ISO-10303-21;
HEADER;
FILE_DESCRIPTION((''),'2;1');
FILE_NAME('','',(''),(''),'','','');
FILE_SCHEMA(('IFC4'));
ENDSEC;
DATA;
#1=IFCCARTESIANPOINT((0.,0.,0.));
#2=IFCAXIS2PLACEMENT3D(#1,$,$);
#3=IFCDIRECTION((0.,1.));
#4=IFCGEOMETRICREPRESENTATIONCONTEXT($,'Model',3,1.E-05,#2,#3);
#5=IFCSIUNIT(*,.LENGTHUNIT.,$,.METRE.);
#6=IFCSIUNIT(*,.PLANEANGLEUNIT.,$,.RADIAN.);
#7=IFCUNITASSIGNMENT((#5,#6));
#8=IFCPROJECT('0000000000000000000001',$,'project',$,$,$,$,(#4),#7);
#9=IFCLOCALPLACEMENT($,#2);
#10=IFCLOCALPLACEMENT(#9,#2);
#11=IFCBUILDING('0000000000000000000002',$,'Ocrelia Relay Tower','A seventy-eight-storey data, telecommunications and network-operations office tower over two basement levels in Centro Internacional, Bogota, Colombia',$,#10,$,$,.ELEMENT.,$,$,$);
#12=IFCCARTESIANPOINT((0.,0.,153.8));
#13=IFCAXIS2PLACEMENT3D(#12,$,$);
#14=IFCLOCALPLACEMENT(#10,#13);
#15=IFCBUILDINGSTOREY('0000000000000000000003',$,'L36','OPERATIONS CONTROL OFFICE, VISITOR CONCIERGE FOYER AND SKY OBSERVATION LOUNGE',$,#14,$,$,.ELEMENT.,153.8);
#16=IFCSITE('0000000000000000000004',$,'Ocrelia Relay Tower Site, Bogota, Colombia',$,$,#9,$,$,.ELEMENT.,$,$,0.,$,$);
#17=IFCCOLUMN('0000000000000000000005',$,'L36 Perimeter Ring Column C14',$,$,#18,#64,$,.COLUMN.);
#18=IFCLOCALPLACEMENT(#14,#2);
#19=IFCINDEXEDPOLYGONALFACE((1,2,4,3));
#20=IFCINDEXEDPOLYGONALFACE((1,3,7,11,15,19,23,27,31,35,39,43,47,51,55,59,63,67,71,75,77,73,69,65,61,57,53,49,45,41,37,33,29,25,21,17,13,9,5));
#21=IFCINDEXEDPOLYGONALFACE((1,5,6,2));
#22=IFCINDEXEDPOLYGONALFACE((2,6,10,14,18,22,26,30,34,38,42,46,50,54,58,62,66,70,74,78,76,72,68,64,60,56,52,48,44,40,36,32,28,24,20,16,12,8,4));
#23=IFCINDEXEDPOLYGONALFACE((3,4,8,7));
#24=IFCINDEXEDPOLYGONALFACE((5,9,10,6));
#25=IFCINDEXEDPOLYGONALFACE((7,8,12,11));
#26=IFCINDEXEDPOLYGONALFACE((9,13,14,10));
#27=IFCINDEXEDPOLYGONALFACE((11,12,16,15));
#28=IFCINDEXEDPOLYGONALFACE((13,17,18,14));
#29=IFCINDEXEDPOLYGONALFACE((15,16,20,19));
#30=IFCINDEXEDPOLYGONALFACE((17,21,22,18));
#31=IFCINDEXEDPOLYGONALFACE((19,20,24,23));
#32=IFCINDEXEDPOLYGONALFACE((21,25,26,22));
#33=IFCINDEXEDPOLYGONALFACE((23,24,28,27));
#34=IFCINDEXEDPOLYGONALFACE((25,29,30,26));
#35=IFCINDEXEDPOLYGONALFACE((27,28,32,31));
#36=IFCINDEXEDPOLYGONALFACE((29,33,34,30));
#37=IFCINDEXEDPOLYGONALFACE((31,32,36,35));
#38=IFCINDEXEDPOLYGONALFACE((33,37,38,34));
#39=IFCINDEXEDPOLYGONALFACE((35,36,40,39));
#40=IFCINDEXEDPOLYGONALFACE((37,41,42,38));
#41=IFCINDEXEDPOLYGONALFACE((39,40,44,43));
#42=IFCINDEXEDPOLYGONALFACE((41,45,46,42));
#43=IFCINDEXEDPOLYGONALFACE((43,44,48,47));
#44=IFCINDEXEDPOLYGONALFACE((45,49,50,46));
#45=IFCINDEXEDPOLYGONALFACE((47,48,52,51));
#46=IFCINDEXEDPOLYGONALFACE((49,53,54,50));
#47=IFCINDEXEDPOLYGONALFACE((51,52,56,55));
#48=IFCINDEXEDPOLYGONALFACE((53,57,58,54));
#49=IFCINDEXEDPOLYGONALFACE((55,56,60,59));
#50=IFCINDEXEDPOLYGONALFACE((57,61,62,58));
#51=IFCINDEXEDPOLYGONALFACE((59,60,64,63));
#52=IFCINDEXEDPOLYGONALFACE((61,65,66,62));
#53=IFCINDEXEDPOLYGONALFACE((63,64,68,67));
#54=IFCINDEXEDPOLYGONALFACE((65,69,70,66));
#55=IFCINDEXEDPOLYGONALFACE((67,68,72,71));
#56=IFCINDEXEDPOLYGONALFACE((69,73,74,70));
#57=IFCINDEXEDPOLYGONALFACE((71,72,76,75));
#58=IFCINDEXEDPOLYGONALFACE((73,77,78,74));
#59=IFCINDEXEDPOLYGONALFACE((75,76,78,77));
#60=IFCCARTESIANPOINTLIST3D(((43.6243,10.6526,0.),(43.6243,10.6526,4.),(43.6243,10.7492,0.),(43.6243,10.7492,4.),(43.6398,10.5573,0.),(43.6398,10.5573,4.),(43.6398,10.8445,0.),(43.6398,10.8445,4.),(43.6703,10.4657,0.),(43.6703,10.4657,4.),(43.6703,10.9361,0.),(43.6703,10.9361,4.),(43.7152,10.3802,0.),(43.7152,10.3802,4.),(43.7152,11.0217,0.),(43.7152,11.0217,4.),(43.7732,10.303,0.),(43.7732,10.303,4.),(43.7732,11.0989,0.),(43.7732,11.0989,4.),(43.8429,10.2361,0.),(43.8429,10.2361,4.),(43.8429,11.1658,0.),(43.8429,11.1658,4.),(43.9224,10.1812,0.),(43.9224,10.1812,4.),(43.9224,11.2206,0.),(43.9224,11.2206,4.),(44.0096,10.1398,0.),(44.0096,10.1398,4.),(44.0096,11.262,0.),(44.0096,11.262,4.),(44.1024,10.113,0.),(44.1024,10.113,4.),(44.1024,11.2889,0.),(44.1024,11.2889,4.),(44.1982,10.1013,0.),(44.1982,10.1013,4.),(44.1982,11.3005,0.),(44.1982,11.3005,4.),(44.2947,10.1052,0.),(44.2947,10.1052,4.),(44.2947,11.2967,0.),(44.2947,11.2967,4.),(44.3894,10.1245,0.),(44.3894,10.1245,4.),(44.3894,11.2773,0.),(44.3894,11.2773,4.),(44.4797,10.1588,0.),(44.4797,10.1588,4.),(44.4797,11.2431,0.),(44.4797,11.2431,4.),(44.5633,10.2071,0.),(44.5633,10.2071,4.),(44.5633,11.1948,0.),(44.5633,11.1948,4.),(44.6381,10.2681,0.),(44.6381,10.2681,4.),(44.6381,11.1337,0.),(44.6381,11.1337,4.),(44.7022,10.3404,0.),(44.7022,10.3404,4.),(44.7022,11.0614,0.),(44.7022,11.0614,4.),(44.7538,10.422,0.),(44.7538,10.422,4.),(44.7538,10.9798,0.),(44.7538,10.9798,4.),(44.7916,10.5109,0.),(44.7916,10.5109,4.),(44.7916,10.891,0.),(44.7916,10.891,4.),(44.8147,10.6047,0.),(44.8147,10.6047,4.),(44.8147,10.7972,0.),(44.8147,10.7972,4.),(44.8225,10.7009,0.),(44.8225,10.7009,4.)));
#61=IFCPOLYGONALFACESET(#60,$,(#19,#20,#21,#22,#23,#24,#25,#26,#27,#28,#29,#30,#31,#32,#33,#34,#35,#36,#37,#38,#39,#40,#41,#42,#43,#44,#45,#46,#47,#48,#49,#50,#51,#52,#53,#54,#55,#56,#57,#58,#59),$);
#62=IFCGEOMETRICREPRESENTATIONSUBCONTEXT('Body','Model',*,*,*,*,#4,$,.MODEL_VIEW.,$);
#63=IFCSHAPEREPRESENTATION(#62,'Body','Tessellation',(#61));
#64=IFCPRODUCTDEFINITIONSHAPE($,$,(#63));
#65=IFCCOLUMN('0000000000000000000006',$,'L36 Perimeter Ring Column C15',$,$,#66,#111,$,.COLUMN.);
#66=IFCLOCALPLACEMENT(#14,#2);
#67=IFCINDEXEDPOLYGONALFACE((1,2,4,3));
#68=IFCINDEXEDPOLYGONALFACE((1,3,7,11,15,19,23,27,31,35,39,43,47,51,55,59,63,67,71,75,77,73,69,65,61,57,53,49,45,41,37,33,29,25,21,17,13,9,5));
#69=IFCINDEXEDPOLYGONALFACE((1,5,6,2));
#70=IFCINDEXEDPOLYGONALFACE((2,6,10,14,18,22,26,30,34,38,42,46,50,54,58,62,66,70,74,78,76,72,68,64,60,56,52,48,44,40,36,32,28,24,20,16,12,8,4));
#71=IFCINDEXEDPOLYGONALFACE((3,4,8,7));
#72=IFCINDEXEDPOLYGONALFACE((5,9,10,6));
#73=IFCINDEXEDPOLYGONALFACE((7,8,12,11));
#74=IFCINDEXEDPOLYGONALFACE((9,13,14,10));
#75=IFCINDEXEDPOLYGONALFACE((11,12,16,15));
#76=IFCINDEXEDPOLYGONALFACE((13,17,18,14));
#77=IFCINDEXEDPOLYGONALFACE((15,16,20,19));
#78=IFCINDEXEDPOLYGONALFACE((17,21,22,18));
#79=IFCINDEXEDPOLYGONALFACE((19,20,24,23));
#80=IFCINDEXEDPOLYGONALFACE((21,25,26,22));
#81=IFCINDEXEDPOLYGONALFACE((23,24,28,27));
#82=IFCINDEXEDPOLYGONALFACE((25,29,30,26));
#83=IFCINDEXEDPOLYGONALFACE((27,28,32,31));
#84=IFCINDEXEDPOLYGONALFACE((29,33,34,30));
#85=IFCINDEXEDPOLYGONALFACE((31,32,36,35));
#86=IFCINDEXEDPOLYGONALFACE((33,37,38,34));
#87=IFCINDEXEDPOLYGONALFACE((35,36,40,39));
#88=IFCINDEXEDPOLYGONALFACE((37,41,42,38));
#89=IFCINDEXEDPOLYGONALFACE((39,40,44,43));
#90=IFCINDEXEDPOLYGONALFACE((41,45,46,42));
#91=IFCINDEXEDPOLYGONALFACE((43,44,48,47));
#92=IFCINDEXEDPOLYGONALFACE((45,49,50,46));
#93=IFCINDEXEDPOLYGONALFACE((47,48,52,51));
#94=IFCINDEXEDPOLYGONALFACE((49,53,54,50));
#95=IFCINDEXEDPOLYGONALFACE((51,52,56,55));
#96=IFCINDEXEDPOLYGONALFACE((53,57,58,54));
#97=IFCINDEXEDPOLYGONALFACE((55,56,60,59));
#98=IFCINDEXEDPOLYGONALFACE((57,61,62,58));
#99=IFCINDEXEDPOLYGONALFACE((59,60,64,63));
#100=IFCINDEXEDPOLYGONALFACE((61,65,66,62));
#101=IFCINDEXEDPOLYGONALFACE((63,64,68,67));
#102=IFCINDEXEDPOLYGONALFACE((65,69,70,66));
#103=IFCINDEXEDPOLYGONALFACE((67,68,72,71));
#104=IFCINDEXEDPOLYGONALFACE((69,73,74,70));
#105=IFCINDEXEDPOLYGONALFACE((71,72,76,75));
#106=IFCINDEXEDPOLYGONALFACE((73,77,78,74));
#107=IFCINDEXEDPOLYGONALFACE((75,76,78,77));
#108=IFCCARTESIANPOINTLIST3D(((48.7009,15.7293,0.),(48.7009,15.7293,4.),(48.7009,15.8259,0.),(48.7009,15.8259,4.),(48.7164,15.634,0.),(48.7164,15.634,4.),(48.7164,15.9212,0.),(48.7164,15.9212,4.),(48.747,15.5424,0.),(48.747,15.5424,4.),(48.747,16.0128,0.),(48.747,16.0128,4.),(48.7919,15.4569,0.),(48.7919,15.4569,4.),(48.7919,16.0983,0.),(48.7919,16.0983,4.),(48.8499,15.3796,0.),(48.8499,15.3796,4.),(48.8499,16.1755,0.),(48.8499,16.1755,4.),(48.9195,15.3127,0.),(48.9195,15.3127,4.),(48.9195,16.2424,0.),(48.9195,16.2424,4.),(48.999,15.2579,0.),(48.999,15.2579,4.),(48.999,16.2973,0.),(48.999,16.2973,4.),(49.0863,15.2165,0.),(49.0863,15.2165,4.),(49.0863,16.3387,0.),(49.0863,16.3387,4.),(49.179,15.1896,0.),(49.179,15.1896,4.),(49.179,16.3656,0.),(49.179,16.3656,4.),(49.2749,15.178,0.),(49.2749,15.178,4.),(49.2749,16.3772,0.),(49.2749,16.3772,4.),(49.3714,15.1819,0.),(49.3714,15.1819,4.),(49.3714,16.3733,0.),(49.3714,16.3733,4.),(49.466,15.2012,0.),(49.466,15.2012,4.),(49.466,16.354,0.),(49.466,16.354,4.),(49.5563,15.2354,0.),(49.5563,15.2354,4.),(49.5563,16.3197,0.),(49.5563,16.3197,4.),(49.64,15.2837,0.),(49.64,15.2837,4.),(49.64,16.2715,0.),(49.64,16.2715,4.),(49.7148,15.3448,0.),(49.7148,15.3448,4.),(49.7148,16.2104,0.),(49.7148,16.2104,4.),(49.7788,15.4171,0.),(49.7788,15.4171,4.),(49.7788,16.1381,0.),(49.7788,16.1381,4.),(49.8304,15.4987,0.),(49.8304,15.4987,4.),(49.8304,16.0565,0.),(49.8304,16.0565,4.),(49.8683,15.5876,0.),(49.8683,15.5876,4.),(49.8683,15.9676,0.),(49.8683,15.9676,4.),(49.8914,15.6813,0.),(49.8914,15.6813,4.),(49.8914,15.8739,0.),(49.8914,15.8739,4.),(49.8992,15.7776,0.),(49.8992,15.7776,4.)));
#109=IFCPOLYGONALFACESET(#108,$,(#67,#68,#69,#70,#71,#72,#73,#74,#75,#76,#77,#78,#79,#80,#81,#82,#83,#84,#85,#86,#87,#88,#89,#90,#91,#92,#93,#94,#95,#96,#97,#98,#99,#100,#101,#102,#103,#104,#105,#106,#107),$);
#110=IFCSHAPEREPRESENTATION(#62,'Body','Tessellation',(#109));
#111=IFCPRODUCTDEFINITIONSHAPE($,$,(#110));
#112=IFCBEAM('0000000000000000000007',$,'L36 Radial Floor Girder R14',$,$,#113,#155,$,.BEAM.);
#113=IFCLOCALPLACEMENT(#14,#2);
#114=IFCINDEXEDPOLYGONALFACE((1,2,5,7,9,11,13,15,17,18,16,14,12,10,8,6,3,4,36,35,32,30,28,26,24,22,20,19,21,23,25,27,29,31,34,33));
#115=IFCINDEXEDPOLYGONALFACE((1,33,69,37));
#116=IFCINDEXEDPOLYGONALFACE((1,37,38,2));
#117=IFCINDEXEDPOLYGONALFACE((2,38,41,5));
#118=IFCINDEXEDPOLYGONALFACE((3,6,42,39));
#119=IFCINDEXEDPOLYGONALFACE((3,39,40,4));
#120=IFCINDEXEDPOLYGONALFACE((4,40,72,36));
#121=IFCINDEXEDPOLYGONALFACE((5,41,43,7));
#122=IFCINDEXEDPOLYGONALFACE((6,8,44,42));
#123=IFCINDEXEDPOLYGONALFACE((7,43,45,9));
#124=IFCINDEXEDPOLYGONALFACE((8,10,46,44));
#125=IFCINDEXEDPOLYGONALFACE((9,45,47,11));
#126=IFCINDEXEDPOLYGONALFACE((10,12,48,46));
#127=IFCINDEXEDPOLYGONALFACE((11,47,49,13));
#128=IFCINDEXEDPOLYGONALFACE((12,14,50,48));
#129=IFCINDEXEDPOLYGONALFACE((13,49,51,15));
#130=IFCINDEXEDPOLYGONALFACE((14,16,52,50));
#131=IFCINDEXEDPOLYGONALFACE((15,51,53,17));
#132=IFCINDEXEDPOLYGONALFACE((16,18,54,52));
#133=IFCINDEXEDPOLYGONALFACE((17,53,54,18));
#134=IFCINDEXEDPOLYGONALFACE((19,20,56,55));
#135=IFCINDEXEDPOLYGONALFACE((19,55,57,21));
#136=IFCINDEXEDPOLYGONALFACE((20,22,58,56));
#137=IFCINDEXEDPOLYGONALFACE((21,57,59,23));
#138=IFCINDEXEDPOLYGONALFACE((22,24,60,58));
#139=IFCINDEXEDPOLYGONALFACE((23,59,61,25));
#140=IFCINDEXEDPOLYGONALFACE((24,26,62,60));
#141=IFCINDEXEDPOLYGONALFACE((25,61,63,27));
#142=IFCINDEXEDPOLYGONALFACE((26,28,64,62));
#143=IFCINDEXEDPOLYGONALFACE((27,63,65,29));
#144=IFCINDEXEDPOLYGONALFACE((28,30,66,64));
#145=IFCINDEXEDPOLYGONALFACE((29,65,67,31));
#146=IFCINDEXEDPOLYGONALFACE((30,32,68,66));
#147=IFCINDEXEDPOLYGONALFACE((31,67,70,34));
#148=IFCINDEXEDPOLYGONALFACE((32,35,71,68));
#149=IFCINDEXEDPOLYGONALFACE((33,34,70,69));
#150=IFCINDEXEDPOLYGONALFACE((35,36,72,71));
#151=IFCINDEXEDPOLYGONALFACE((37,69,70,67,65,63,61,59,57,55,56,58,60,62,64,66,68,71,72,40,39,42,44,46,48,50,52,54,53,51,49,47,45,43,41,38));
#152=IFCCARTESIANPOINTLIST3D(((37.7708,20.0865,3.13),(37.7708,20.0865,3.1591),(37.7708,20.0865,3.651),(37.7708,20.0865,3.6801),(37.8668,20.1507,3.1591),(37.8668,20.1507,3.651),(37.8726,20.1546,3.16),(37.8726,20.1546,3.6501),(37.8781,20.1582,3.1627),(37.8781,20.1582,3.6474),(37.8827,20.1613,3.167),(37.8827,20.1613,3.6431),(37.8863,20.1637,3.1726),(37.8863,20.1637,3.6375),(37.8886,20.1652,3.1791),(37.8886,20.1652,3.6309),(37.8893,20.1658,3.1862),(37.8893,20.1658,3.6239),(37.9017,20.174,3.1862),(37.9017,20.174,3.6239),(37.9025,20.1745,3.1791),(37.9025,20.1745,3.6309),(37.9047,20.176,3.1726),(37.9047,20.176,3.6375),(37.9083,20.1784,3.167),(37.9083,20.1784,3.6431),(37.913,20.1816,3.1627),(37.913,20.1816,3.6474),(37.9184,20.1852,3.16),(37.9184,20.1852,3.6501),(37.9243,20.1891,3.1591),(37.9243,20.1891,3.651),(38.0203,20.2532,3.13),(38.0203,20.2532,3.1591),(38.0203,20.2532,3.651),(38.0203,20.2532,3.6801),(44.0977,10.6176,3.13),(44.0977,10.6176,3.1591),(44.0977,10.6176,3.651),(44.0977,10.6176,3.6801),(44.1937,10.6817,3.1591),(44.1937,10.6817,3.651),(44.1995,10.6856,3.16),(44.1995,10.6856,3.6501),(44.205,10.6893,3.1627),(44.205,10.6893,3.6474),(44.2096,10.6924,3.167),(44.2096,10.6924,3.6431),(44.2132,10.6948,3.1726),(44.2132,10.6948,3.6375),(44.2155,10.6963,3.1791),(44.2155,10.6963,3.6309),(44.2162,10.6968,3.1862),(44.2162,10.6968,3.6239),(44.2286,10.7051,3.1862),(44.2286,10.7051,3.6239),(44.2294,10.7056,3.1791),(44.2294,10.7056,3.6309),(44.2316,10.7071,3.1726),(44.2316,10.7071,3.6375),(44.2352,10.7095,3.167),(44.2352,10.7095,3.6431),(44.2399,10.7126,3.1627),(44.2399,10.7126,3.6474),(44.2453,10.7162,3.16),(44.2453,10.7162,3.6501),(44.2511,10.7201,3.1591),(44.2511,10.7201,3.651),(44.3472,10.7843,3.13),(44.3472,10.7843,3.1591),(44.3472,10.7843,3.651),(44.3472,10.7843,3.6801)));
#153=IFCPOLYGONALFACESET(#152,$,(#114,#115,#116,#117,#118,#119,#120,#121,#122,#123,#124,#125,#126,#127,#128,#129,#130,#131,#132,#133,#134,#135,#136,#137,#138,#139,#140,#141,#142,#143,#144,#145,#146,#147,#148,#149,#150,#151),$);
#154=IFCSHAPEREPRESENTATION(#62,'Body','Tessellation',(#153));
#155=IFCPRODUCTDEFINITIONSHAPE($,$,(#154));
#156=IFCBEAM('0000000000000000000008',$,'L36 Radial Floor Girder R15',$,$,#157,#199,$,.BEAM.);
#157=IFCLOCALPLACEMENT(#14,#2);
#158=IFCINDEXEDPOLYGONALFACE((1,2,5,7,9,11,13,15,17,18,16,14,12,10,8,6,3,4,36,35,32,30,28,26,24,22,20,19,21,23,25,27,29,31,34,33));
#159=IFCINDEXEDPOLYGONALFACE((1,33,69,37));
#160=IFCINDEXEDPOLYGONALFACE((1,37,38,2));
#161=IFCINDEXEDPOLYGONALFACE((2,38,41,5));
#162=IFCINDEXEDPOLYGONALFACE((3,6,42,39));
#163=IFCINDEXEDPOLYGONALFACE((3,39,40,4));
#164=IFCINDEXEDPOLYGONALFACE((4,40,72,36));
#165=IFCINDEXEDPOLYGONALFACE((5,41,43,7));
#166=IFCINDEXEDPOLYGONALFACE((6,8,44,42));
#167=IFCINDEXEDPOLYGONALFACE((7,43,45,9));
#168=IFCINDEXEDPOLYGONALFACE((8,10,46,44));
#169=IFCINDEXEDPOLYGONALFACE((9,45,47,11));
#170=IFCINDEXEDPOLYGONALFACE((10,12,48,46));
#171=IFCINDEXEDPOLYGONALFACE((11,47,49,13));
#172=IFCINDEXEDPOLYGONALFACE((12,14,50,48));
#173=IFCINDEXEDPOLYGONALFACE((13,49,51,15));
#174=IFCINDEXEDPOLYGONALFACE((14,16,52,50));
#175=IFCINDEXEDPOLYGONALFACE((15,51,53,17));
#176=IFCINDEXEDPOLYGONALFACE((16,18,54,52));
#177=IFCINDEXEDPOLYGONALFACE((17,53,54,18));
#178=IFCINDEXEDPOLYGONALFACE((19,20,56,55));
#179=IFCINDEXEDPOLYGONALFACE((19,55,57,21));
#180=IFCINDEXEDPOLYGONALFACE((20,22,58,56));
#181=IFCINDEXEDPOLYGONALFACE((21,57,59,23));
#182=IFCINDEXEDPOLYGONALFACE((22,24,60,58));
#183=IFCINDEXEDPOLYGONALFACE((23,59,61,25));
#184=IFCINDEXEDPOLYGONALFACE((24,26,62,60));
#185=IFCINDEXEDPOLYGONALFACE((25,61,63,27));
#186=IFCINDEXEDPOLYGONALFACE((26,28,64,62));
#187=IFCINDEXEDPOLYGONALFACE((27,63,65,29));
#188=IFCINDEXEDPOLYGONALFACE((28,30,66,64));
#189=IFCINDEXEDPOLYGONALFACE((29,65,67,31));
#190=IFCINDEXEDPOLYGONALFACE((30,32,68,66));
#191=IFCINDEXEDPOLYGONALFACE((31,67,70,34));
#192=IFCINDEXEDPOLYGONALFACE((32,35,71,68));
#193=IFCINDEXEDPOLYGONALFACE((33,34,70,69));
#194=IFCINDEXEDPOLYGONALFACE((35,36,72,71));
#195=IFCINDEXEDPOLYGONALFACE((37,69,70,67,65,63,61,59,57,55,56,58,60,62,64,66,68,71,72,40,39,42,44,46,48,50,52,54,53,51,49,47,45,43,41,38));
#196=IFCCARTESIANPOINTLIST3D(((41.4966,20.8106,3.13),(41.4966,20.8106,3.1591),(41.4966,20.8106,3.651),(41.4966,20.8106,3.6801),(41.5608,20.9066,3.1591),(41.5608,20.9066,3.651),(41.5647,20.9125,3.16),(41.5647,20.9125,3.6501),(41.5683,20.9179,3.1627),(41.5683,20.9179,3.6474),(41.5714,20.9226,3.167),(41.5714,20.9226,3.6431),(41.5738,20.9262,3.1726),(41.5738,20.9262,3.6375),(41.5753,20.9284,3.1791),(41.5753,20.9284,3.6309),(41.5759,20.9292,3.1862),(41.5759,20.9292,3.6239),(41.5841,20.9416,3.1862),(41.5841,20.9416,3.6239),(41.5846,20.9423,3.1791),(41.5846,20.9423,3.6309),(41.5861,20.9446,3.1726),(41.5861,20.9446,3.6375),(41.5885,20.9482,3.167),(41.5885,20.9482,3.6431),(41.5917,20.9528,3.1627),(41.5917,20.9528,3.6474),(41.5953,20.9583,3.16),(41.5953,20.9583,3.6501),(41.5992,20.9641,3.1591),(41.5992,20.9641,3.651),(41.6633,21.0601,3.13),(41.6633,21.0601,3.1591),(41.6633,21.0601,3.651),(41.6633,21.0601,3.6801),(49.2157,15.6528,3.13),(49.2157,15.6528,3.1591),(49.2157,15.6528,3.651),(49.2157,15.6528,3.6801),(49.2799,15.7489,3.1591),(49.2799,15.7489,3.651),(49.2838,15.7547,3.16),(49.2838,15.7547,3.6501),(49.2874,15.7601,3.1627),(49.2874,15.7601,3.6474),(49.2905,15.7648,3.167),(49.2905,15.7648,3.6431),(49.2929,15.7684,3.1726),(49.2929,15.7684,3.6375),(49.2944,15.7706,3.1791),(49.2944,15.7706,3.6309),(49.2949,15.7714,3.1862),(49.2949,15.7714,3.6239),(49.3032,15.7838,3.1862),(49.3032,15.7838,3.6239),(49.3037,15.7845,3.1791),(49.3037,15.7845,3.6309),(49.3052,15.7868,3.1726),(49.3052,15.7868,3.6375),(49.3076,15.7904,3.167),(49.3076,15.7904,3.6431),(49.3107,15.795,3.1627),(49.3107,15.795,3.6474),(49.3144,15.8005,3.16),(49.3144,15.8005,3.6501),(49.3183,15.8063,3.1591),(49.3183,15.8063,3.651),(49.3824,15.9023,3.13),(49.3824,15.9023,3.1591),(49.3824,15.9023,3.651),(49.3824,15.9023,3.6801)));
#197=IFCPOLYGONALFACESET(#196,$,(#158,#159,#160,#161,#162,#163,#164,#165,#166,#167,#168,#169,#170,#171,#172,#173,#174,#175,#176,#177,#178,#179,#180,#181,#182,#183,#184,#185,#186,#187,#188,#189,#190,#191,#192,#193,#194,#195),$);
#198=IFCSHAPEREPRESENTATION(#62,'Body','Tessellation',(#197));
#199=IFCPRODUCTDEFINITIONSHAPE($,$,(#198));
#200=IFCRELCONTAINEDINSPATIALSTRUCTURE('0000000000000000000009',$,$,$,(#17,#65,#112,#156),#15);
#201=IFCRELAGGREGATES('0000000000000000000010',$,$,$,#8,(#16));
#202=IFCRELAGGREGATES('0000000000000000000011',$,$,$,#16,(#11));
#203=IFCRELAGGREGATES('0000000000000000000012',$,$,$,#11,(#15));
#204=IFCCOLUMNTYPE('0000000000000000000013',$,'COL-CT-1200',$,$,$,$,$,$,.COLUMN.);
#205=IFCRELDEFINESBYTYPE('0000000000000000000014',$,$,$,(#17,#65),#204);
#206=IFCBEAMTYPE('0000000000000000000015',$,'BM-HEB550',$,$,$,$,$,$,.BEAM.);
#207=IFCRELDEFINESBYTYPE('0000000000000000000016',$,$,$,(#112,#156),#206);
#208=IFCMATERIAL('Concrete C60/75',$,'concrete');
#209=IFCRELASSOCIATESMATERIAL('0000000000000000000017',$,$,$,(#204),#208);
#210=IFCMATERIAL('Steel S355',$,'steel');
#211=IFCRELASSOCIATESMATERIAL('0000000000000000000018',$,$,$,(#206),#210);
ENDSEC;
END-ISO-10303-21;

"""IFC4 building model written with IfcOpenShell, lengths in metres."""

from ifc_helpers import new_model, si_unit, direction, frame, origin, origin_2d, place, context, subcontext, project, spatial, circle, i_section, extrude, material, material_profile, profile_set, type_object, element, save


model = new_model("IFC4")

# Units and contexts
model_context = context("Model", 3, precision=1e-05, world=origin(), true_north=direction((0.0, 1.0)))
body_context = subcontext(model_context, "Body", "Model", "MODEL_VIEW")
ifc_project = project(units=[si_unit("LENGTHUNIT", "METRE"), si_unit("PLANEANGLEUNIT", "RADIAN")], contexts=[model_context])

# Site, building, storey
site_placement = place(None, origin())
site = spatial("IfcSite", under=ifc_project, at=site_placement, Name="Ocrelia Relay Tower Site, Bogota, Colombia", CompositionType="ELEMENT", RefElevation=0.0)
building_placement = place(site_placement, origin())
building = spatial("IfcBuilding", under=site, at=building_placement, Name="Ocrelia Relay Tower", Description="A seventy-eight-storey data, telecommunications and network-operations office tower over two basement levels in Centro Internacional, Bogota, Colombia", CompositionType="ELEMENT")
storey_placement = place(building_placement, frame((0.0, 0.0, 153.8)))
storey = spatial("IfcBuildingStorey", under=building, at=storey_placement, Name="L36", Description="OPERATIONS CONTROL OFFICE, VISITOR CONCIERGE FOYER AND SKY OBSERVATION LOUNGE", CompositionType="ELEMENT", Elevation=153.8)

# Columns
ifc_material_1 = material(Name="Concrete C60/75", Category="concrete")
ifc_material_profile_1 = material_profile(ifc_material_1, circle(Radius=0.6001, at=origin_2d()), Name="RC-CIR-1200")
ifc_profile_set_1 = profile_set([ifc_material_profile_1], Name="Concrete C60/75")
column_type = type_object("IfcColumnType", Name="COL-CT-1200", PredefinedType="COLUMN", material=ifc_profile_set_1)
for number, where, z_axis, x_axis, name in (
    (1, (44.2224, 10.7009, 0.0), (0.0, 0.0, 1.0), (1.0, 0.0, 0.0), "L36 Perimeter Ring Column C14"),
    (2, (49.2991, 15.7776, 0.0), (0.0, 0.0, 1.0), (1.0, 0.0, 0.0), "L36 Perimeter Ring Column C15"),
):
    element("IfcColumn", number, at=place(storey_placement, frame(where, z_axis=z_axis, x_axis=x_axis)), inside=storey, type_object=column_type, Name=name, PredefinedType="COLUMN", context=body_context, shape_type="SweptSolid", body=[
        extrude(circle(Radius=0.6001, at=origin_2d()), origin(), (0.0, 0.0, 1.0), 4.0),
    ])

# Beams
ifc_material_2 = material(Name="Steel S355", Category="steel")
ifc_material_profile_2 = material_profile(ifc_material_2, i_section(OverallWidth=0.3, OverallDepth=0.55, WebThickness=0.0149, FlangeThickness=0.0291, FilletRadius=0.0271, at=origin_2d()), Name="HEB 550")
ifc_profile_set_2 = profile_set([ifc_material_profile_2], Name="Steel S355")
beam_type_1 = type_object("IfcBeamType", Name="BM-HEB550", PredefinedType="BEAM", material=ifc_profile_set_2)
beam_1_placement = place(storey_placement, frame((44.2224, 10.7009, 3.405), z_axis=(-0.555566, 0.831473, 0.0), x_axis=(-0.831473, -0.555566, 0.0)))
element("IfcBeam", 3, at=beam_1_placement, inside=storey, type_object=beam_type_1, Name="L36 Radial Floor Girder R14", PredefinedType="BEAM", context=body_context, shape_type="SweptSolid", body=[
    extrude(i_section(OverallWidth=0.3, OverallDepth=0.55, WebThickness=0.0149, FlangeThickness=0.0291, FilletRadius=0.0271, at=origin_2d()), origin(), (0.0, 0.0, 1.0), 11.3882),
])
beam_2_placement = place(storey_placement, frame((49.2991, 15.7776, 3.405), z_axis=(-0.831467, 0.555574, 0.0), x_axis=(-0.555574, -0.831467, 0.0)))
element("IfcBeam", 4, at=beam_2_placement, inside=storey, type_object=beam_type_1, Name="L36 Radial Floor Girder R15", PredefinedType="BEAM", context=body_context, shape_type="SweptSolid", body=[
    extrude(i_section(OverallWidth=0.3, OverallDepth=0.55, WebThickness=0.0149, FlangeThickness=0.0291, FilletRadius=0.0271, at=origin_2d()), origin(), (0.0, 0.0, 1.0), 9.2837),
])

save(model, "model.ifc")
